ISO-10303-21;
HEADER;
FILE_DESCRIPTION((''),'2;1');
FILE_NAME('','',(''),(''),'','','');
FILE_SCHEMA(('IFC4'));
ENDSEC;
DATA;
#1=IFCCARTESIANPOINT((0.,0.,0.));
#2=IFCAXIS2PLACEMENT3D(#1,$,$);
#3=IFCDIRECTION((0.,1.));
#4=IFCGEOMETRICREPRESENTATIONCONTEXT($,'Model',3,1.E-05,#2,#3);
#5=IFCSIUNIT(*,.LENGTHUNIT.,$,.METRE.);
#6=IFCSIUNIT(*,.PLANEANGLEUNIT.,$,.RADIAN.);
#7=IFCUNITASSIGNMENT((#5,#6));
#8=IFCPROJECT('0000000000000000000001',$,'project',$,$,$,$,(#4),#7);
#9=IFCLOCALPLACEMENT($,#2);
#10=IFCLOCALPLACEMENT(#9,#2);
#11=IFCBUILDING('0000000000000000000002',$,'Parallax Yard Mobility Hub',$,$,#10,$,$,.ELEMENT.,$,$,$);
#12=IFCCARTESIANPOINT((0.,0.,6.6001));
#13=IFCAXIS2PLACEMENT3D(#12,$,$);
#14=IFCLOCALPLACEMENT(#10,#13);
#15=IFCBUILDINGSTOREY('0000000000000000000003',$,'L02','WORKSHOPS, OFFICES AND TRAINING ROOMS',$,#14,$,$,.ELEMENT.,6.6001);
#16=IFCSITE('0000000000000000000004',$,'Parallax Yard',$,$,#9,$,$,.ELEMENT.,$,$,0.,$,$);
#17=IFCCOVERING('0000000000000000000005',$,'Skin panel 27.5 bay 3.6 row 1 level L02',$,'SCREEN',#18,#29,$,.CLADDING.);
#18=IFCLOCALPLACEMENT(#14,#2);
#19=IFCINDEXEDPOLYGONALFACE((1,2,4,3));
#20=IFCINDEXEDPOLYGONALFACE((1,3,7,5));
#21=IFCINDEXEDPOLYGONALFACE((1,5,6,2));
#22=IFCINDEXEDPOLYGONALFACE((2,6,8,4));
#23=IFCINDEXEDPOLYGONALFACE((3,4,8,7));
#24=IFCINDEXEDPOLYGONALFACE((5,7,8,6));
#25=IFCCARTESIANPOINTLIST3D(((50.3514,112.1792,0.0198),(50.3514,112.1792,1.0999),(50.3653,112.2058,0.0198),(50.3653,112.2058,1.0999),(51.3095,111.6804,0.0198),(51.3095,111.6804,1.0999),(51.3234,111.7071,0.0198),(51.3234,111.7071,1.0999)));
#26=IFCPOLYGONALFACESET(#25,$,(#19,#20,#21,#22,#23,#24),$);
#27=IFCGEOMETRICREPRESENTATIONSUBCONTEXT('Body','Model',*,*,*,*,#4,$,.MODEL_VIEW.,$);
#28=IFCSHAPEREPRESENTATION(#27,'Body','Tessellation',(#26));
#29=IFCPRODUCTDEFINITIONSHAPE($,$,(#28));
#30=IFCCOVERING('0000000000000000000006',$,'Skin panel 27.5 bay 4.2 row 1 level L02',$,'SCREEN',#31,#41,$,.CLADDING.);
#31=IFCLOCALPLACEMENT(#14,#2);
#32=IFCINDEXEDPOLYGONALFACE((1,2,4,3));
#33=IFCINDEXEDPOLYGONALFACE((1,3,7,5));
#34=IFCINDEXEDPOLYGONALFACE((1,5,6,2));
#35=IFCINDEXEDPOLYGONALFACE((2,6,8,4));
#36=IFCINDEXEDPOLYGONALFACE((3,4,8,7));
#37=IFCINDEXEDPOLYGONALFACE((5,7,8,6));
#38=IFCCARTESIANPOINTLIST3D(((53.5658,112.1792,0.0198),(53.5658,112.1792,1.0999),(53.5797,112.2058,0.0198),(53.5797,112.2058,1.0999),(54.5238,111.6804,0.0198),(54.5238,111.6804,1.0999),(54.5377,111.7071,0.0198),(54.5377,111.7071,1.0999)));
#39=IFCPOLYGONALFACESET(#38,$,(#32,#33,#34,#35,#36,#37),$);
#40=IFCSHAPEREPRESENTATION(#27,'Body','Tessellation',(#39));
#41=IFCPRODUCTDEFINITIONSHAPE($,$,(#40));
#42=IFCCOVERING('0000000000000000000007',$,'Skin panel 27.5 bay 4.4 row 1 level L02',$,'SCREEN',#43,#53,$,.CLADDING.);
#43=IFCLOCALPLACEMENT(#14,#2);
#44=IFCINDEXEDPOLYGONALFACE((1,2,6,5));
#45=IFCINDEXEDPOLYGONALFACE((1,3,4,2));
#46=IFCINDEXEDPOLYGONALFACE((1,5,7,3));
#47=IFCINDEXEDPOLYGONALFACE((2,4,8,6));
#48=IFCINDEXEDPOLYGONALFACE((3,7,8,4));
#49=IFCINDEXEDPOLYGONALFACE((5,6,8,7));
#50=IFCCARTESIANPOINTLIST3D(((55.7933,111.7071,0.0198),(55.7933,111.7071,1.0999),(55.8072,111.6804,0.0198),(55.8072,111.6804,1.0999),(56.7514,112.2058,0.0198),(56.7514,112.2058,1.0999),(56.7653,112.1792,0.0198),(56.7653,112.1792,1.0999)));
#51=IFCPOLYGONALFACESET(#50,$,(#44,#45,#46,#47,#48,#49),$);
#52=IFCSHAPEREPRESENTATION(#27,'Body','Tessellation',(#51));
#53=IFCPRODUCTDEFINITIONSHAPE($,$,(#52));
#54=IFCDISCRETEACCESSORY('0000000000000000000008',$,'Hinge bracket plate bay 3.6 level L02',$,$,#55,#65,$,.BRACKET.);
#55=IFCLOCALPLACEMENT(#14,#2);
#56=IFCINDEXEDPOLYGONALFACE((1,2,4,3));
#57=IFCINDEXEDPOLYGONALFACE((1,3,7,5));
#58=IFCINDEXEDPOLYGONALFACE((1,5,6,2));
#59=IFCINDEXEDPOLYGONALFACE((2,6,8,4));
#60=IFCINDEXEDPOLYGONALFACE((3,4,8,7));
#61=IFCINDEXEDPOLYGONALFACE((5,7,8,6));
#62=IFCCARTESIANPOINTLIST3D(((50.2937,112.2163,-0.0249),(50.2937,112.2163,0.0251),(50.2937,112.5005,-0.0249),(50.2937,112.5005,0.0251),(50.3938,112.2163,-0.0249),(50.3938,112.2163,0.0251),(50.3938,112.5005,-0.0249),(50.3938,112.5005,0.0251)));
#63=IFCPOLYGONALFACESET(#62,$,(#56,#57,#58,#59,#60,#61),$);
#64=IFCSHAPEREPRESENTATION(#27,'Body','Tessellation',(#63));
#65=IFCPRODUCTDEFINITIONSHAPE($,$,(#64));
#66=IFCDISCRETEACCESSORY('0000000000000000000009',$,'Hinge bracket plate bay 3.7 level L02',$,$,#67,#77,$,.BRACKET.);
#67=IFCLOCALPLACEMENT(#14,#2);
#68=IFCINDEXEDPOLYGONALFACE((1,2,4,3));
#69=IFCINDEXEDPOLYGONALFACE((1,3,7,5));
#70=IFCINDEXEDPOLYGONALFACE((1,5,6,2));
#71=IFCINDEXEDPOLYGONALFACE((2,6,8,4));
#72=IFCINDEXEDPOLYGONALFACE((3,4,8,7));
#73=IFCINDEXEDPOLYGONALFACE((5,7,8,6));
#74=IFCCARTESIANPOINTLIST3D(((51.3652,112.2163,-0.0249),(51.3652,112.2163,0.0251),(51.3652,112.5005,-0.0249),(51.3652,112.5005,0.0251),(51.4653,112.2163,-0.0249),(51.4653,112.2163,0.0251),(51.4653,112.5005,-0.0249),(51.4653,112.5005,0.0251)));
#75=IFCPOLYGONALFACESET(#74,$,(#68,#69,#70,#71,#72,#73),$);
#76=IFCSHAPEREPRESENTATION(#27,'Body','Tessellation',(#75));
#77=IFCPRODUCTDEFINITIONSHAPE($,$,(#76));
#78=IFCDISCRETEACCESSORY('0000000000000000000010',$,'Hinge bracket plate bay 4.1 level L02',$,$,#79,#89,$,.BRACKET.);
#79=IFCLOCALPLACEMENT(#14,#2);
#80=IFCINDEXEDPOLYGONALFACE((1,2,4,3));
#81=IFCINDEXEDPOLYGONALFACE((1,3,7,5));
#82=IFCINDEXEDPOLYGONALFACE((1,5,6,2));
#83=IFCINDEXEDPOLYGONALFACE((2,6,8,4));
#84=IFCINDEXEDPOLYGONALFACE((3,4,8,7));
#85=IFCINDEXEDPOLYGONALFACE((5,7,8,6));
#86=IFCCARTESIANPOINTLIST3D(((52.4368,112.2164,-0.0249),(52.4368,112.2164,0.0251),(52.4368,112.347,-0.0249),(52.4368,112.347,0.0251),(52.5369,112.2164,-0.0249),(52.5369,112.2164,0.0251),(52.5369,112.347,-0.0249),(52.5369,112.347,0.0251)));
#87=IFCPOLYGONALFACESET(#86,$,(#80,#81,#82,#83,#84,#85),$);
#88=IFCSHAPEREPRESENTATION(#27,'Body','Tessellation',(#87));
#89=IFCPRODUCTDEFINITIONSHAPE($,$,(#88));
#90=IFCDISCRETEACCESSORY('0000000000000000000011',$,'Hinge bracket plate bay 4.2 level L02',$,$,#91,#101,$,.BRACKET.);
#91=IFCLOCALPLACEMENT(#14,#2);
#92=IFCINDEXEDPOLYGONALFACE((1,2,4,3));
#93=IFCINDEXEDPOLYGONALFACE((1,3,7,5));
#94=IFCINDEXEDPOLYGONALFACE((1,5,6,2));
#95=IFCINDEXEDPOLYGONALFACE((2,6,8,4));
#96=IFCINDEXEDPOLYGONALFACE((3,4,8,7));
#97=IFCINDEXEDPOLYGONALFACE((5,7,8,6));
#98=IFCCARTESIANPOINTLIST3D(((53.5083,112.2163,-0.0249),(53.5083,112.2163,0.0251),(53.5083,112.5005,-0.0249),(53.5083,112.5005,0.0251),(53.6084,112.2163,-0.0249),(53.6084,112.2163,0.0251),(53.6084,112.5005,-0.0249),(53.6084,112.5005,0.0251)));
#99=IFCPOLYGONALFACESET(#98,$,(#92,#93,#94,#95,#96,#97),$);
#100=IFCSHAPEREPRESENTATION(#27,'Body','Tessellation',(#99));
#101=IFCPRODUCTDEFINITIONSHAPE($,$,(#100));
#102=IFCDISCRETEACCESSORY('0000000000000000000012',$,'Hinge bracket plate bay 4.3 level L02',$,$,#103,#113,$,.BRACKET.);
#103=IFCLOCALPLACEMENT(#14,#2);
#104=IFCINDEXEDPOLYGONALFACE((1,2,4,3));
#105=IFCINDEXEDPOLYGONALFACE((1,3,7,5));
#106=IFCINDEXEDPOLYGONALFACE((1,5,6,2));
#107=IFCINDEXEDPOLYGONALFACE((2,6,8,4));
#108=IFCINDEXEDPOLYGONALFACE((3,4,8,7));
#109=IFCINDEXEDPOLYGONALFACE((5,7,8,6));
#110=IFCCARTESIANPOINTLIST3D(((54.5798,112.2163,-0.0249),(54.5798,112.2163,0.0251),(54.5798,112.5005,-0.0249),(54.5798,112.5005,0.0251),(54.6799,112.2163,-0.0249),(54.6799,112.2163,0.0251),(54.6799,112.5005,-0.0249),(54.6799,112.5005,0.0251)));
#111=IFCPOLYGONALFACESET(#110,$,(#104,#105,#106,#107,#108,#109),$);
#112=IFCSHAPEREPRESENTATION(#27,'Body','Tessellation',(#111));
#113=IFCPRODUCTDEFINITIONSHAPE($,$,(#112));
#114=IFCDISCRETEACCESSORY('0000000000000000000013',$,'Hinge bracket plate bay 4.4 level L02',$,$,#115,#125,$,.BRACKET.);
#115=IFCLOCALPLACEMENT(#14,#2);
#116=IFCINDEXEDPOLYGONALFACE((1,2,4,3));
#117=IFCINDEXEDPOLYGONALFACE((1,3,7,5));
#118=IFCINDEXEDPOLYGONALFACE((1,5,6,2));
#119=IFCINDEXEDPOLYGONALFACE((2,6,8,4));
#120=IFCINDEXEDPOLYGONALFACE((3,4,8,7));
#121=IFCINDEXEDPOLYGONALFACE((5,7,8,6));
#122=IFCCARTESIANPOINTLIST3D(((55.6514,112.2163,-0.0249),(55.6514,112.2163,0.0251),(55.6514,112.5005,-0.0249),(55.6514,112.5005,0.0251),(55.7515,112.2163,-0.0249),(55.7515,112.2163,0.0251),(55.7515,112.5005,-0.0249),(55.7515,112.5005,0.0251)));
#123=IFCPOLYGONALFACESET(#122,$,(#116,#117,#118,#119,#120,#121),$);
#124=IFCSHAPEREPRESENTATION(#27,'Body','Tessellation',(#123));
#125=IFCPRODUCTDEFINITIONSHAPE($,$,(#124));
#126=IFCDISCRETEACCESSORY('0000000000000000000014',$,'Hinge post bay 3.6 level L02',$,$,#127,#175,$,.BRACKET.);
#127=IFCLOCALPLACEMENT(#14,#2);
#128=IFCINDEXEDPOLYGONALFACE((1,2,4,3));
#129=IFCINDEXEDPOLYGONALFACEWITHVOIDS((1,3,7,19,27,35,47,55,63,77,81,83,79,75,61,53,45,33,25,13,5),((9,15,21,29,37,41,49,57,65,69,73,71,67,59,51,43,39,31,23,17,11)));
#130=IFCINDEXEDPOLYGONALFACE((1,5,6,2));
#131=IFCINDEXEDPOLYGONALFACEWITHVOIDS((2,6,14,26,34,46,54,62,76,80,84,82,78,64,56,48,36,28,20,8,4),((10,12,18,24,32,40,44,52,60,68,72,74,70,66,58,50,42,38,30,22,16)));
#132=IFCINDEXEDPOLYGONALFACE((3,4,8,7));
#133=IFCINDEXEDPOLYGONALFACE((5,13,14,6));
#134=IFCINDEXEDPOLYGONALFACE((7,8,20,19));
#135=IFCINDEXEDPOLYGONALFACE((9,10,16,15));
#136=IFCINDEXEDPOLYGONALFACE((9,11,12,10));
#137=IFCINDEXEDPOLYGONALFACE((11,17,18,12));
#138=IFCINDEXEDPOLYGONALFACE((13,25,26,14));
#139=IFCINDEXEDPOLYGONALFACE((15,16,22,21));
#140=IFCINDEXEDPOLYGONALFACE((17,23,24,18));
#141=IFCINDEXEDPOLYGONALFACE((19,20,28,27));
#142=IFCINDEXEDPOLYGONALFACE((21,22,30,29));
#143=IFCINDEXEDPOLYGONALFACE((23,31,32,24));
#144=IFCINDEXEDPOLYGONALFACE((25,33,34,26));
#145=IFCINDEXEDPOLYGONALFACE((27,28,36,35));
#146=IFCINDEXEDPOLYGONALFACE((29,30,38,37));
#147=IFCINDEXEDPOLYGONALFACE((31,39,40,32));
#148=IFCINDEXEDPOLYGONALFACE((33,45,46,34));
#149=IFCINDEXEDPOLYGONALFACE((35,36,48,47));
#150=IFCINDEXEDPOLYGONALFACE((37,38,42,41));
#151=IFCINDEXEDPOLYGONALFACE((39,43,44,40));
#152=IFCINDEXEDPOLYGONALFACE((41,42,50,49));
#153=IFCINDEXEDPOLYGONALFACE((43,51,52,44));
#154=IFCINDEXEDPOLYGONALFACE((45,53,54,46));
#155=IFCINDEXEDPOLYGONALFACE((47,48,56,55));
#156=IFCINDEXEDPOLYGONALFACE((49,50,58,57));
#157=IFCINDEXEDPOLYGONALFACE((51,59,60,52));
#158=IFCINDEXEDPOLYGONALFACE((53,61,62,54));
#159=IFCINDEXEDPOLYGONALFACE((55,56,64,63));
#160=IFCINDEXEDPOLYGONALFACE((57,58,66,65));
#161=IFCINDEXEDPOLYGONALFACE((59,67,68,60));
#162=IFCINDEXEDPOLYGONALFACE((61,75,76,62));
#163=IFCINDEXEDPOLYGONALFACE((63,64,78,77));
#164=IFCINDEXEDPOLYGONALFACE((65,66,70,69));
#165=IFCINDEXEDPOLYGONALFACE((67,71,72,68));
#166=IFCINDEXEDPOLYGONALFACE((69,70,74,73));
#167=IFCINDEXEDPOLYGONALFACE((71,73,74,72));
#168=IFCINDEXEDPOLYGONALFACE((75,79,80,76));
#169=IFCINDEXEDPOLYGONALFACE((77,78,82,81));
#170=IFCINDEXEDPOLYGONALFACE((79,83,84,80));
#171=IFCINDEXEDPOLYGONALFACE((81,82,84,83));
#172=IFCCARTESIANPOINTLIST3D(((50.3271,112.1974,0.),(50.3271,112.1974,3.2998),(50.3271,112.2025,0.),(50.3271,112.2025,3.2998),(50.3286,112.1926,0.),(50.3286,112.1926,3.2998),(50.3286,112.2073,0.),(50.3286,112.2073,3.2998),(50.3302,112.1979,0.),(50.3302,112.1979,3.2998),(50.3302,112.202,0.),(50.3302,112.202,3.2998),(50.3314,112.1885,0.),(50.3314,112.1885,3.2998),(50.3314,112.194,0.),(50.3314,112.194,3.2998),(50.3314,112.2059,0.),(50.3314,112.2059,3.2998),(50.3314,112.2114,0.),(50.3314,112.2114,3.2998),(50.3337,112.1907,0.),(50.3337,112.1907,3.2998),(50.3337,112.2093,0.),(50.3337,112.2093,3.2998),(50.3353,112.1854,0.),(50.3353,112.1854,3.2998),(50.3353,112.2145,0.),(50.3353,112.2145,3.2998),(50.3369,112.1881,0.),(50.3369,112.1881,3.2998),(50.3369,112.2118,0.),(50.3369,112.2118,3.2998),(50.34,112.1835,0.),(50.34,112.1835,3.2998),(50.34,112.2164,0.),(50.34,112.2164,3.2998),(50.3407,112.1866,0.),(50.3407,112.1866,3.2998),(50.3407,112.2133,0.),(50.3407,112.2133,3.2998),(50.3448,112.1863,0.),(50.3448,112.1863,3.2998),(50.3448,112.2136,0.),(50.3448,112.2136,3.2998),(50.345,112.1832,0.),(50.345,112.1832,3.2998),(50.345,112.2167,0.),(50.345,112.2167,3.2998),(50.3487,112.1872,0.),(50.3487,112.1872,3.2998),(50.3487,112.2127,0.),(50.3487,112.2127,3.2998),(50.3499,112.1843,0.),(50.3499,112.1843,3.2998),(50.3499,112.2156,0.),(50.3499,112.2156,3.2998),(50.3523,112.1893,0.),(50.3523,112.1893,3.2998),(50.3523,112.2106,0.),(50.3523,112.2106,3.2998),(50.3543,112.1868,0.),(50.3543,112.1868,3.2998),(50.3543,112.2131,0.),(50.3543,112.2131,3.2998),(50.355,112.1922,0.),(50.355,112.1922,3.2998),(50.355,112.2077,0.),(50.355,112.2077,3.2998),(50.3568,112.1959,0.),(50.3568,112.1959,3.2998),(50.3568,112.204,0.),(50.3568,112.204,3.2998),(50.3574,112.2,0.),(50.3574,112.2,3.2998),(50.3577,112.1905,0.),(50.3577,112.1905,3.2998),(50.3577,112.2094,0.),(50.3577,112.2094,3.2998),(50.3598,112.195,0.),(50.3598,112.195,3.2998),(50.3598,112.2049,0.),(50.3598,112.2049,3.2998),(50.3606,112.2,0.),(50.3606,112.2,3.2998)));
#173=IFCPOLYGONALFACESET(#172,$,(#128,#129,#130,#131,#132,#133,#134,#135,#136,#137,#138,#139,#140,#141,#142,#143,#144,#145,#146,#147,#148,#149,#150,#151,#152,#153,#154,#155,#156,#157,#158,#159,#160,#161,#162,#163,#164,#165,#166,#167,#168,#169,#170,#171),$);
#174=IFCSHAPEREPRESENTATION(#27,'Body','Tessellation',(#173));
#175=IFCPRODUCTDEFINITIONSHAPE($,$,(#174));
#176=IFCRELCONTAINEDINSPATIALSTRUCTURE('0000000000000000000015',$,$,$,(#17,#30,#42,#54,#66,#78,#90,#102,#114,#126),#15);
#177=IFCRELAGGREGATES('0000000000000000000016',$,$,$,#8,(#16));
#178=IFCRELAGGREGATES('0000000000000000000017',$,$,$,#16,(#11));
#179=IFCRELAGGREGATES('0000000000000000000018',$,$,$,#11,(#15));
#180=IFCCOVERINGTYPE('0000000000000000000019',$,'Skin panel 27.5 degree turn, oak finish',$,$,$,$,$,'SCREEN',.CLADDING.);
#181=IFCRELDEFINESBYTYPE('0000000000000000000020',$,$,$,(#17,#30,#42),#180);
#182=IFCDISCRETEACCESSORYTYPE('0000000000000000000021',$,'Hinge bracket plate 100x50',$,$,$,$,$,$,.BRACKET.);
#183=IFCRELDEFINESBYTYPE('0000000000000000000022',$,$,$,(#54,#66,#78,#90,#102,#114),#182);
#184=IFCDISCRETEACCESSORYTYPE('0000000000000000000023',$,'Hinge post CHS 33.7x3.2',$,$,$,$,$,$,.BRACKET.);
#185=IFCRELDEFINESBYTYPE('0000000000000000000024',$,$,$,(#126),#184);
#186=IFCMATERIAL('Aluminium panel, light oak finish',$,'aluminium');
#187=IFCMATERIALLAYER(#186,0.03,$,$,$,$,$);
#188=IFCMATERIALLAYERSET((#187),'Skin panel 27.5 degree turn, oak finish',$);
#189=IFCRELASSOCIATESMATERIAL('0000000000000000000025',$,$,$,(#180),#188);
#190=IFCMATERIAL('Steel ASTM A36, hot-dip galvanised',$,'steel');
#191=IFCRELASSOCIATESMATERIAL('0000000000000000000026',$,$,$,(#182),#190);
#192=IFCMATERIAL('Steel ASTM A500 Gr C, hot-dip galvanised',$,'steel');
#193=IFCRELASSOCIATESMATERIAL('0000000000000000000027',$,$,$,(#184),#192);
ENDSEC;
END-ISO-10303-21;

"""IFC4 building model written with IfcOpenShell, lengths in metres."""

from ifc_helpers import new_model, si_unit, direction, frame, origin, origin_2d, place, context, subcontext, project, spatial, rectangle, hollow_circle, extrude, material, layer, layer_set, material_profile, profile_set, type_object, element, save


model = new_model("IFC4")

# Units and contexts
model_context = context("Model", 3, precision=1e-05, world=origin(), true_north=direction((0.0, 1.0)))
body_context = subcontext(model_context, "Body", "Model", "MODEL_VIEW")
ifc_project = project(units=[si_unit("LENGTHUNIT", "METRE"), si_unit("PLANEANGLEUNIT", "RADIAN")], contexts=[model_context])

# Site, building, storey
site_placement = place(None, origin())
site = spatial("IfcSite", under=ifc_project, at=site_placement, Name="Parallax Yard", CompositionType="ELEMENT", RefElevation=0.0)
building_placement = place(site_placement, origin())
building = spatial("IfcBuilding", under=site, at=building_placement, Name="Parallax Yard Mobility Hub", CompositionType="ELEMENT")
storey_placement = place(building_placement, frame((0.0, 0.0, 6.6001)))
storey = spatial("IfcBuildingStorey", under=building, at=storey_placement, Name="L02", Description="WORKSHOPS, OFFICES AND TRAINING ROOMS", CompositionType="ELEMENT", Elevation=6.6001)

# Coverings
ifc_material_1 = material(Name="Aluminium panel, light oak finish", Category="aluminium")
ifc_layer_1 = layer(ifc_material_1, 0.03)
ifc_layer_set_1 = layer_set([ifc_layer_1], Name="Skin panel 27.5 degree turn, oak finish")
covering_type_1 = type_object("IfcCoveringType", Name="Skin panel 27.5 degree turn, oak finish", ElementType="SCREEN", PredefinedType="CLADDING", material=ifc_layer_set_1)
for number, where, z_axis, x_axis, name in (
    (1, (50.8374, 111.9431, 0.0198), (0.0, 0.0, 1.0), (0.887011, -0.461749, 0.0), "Skin panel 27.5 bay 3.6 row 1 level L02"),
    (2, (54.0518, 111.9431, 0.0198), (0.0, 0.0, 1.0), (0.887011, -0.461749, 0.0), "Skin panel 27.5 bay 4.2 row 1 level L02"),
    (3, (56.2793, 111.9431, 0.0198), (0.0, 0.0, 1.0), (-0.887011, -0.461749, 0.0), "Skin panel 27.5 bay 4.4 row 1 level L02"),
):
    element("IfcCovering", number, at=place(storey_placement, frame(where, z_axis=z_axis, x_axis=x_axis)), inside=storey, type_object=covering_type_1, Name=name, ObjectType="SCREEN", PredefinedType="CLADDING", context=body_context, shape_type="SweptSolid", body=[
        extrude(rectangle(XDim=1.0801, YDim=0.03, at=origin_2d()), origin(), (0.0, 0.0, 1.0), 1.0801),
    ])

# Discrete accessories
ifc_material_2 = material(Name="Steel ASTM A36, hot-dip galvanised", Category="steel")
discrete_accessory_type_1 = type_object("IfcDiscreteAccessoryType", Name="Hinge bracket plate 100x50", PredefinedType="BRACKET", material=ifc_material_2)
for number, where, z_axis, x_axis, name in (
    (4, (50.3438, 112.3584, -0.0249), (0.0, 0.0, 1.0), (0.0, -1.0, 0.0), "Hinge bracket plate bay 3.6 level L02"),
    (5, (51.4153, 112.3584, -0.0249), (0.0, 0.0, 1.0), (0.0, -1.0, 0.0), "Hinge bracket plate bay 3.7 level L02"),
):
    element("IfcDiscreteAccessory", number, at=place(storey_placement, frame(where, z_axis=z_axis, x_axis=x_axis)), inside=storey, type_object=discrete_accessory_type_1, Name=name, PredefinedType="BRACKET", context=body_context, shape_type="SweptSolid", body=[
        extrude(rectangle(XDim=0.2842, YDim=0.1001, at=origin_2d()), origin(), (0.0, 0.0, 1.0), 0.05),
    ])
discrete_accessory_placement = place(storey_placement, frame((52.4868, 112.2817, -0.0249), z_axis=(0.0, 0.0, 1.0), x_axis=(0.0, -1.0, 0.0)))
element("IfcDiscreteAccessory", 6, at=discrete_accessory_placement, inside=storey, type_object=discrete_accessory_type_1, Name="Hinge bracket plate bay 4.1 level L02", PredefinedType="BRACKET", context=body_context, shape_type="SweptSolid", body=[
    extrude(rectangle(XDim=0.1306, YDim=0.1001, at=origin_2d()), origin(), (0.0, 0.0, 1.0), 0.05),
])
for number, where, z_axis, x_axis, name in (
    (7, (53.5583, 112.3584, -0.0249), (0.0, 0.0, 1.0), (0.0, -1.0, 0.0), "Hinge bracket plate bay 4.2 level L02"),
    (8, (54.6299, 112.3584, -0.0249), (0.0, 0.0, 1.0), (0.0, -1.0, 0.0), "Hinge bracket plate bay 4.3 level L02"),
    (9, (55.7014, 112.3584, -0.0249), (0.0, 0.0, 1.0), (0.0, -1.0, 0.0), "Hinge bracket plate bay 4.4 level L02"),
):
    element("IfcDiscreteAccessory", number, at=place(storey_placement, frame(where, z_axis=z_axis, x_axis=x_axis)), inside=storey, type_object=discrete_accessory_type_1, Name=name, PredefinedType="BRACKET", context=body_context, shape_type="SweptSolid", body=[
        extrude(rectangle(XDim=0.2842, YDim=0.1001, at=origin_2d()), origin(), (0.0, 0.0, 1.0), 0.05),
    ])
ifc_material_3 = material(Name="Steel ASTM A500 Gr C, hot-dip galvanised", Category="steel")
ifc_material_profile_1 = material_profile(ifc_material_3, hollow_circle(Radius=0.0168, WallThickness=0.0032, at=origin_2d()), Name="CHS 33.7x3.2")
ifc_profile_set_1 = profile_set([ifc_material_profile_1], Name="Steel ASTM A500 Gr C, hot-dip galvanised")
discrete_accessory_type_2 = type_object("IfcDiscreteAccessoryType", Name="Hinge post CHS 33.7x3.2", PredefinedType="BRACKET", material=ifc_profile_set_1)
for number, where, z_axis, x_axis, name in (
    (10, (50.3438, 112.2, 0.0), (0.0, 0.0, 1.0), (1.0, 0.0, 0.0), "Hinge post bay 3.6 level L02"),
):
    element("IfcDiscreteAccessory", number, at=place(storey_placement, frame(where, z_axis=z_axis, x_axis=x_axis)), inside=storey, type_object=discrete_accessory_type_2, Name=name, PredefinedType="BRACKET", context=body_context, shape_type="SweptSolid", body=[
        extrude(hollow_circle(Radius=0.0168, WallThickness=0.0032, at=origin_2d()), origin(), (0.0, 0.0, 1.0), 3.2998),
    ])

save(model, "model.ifc")
